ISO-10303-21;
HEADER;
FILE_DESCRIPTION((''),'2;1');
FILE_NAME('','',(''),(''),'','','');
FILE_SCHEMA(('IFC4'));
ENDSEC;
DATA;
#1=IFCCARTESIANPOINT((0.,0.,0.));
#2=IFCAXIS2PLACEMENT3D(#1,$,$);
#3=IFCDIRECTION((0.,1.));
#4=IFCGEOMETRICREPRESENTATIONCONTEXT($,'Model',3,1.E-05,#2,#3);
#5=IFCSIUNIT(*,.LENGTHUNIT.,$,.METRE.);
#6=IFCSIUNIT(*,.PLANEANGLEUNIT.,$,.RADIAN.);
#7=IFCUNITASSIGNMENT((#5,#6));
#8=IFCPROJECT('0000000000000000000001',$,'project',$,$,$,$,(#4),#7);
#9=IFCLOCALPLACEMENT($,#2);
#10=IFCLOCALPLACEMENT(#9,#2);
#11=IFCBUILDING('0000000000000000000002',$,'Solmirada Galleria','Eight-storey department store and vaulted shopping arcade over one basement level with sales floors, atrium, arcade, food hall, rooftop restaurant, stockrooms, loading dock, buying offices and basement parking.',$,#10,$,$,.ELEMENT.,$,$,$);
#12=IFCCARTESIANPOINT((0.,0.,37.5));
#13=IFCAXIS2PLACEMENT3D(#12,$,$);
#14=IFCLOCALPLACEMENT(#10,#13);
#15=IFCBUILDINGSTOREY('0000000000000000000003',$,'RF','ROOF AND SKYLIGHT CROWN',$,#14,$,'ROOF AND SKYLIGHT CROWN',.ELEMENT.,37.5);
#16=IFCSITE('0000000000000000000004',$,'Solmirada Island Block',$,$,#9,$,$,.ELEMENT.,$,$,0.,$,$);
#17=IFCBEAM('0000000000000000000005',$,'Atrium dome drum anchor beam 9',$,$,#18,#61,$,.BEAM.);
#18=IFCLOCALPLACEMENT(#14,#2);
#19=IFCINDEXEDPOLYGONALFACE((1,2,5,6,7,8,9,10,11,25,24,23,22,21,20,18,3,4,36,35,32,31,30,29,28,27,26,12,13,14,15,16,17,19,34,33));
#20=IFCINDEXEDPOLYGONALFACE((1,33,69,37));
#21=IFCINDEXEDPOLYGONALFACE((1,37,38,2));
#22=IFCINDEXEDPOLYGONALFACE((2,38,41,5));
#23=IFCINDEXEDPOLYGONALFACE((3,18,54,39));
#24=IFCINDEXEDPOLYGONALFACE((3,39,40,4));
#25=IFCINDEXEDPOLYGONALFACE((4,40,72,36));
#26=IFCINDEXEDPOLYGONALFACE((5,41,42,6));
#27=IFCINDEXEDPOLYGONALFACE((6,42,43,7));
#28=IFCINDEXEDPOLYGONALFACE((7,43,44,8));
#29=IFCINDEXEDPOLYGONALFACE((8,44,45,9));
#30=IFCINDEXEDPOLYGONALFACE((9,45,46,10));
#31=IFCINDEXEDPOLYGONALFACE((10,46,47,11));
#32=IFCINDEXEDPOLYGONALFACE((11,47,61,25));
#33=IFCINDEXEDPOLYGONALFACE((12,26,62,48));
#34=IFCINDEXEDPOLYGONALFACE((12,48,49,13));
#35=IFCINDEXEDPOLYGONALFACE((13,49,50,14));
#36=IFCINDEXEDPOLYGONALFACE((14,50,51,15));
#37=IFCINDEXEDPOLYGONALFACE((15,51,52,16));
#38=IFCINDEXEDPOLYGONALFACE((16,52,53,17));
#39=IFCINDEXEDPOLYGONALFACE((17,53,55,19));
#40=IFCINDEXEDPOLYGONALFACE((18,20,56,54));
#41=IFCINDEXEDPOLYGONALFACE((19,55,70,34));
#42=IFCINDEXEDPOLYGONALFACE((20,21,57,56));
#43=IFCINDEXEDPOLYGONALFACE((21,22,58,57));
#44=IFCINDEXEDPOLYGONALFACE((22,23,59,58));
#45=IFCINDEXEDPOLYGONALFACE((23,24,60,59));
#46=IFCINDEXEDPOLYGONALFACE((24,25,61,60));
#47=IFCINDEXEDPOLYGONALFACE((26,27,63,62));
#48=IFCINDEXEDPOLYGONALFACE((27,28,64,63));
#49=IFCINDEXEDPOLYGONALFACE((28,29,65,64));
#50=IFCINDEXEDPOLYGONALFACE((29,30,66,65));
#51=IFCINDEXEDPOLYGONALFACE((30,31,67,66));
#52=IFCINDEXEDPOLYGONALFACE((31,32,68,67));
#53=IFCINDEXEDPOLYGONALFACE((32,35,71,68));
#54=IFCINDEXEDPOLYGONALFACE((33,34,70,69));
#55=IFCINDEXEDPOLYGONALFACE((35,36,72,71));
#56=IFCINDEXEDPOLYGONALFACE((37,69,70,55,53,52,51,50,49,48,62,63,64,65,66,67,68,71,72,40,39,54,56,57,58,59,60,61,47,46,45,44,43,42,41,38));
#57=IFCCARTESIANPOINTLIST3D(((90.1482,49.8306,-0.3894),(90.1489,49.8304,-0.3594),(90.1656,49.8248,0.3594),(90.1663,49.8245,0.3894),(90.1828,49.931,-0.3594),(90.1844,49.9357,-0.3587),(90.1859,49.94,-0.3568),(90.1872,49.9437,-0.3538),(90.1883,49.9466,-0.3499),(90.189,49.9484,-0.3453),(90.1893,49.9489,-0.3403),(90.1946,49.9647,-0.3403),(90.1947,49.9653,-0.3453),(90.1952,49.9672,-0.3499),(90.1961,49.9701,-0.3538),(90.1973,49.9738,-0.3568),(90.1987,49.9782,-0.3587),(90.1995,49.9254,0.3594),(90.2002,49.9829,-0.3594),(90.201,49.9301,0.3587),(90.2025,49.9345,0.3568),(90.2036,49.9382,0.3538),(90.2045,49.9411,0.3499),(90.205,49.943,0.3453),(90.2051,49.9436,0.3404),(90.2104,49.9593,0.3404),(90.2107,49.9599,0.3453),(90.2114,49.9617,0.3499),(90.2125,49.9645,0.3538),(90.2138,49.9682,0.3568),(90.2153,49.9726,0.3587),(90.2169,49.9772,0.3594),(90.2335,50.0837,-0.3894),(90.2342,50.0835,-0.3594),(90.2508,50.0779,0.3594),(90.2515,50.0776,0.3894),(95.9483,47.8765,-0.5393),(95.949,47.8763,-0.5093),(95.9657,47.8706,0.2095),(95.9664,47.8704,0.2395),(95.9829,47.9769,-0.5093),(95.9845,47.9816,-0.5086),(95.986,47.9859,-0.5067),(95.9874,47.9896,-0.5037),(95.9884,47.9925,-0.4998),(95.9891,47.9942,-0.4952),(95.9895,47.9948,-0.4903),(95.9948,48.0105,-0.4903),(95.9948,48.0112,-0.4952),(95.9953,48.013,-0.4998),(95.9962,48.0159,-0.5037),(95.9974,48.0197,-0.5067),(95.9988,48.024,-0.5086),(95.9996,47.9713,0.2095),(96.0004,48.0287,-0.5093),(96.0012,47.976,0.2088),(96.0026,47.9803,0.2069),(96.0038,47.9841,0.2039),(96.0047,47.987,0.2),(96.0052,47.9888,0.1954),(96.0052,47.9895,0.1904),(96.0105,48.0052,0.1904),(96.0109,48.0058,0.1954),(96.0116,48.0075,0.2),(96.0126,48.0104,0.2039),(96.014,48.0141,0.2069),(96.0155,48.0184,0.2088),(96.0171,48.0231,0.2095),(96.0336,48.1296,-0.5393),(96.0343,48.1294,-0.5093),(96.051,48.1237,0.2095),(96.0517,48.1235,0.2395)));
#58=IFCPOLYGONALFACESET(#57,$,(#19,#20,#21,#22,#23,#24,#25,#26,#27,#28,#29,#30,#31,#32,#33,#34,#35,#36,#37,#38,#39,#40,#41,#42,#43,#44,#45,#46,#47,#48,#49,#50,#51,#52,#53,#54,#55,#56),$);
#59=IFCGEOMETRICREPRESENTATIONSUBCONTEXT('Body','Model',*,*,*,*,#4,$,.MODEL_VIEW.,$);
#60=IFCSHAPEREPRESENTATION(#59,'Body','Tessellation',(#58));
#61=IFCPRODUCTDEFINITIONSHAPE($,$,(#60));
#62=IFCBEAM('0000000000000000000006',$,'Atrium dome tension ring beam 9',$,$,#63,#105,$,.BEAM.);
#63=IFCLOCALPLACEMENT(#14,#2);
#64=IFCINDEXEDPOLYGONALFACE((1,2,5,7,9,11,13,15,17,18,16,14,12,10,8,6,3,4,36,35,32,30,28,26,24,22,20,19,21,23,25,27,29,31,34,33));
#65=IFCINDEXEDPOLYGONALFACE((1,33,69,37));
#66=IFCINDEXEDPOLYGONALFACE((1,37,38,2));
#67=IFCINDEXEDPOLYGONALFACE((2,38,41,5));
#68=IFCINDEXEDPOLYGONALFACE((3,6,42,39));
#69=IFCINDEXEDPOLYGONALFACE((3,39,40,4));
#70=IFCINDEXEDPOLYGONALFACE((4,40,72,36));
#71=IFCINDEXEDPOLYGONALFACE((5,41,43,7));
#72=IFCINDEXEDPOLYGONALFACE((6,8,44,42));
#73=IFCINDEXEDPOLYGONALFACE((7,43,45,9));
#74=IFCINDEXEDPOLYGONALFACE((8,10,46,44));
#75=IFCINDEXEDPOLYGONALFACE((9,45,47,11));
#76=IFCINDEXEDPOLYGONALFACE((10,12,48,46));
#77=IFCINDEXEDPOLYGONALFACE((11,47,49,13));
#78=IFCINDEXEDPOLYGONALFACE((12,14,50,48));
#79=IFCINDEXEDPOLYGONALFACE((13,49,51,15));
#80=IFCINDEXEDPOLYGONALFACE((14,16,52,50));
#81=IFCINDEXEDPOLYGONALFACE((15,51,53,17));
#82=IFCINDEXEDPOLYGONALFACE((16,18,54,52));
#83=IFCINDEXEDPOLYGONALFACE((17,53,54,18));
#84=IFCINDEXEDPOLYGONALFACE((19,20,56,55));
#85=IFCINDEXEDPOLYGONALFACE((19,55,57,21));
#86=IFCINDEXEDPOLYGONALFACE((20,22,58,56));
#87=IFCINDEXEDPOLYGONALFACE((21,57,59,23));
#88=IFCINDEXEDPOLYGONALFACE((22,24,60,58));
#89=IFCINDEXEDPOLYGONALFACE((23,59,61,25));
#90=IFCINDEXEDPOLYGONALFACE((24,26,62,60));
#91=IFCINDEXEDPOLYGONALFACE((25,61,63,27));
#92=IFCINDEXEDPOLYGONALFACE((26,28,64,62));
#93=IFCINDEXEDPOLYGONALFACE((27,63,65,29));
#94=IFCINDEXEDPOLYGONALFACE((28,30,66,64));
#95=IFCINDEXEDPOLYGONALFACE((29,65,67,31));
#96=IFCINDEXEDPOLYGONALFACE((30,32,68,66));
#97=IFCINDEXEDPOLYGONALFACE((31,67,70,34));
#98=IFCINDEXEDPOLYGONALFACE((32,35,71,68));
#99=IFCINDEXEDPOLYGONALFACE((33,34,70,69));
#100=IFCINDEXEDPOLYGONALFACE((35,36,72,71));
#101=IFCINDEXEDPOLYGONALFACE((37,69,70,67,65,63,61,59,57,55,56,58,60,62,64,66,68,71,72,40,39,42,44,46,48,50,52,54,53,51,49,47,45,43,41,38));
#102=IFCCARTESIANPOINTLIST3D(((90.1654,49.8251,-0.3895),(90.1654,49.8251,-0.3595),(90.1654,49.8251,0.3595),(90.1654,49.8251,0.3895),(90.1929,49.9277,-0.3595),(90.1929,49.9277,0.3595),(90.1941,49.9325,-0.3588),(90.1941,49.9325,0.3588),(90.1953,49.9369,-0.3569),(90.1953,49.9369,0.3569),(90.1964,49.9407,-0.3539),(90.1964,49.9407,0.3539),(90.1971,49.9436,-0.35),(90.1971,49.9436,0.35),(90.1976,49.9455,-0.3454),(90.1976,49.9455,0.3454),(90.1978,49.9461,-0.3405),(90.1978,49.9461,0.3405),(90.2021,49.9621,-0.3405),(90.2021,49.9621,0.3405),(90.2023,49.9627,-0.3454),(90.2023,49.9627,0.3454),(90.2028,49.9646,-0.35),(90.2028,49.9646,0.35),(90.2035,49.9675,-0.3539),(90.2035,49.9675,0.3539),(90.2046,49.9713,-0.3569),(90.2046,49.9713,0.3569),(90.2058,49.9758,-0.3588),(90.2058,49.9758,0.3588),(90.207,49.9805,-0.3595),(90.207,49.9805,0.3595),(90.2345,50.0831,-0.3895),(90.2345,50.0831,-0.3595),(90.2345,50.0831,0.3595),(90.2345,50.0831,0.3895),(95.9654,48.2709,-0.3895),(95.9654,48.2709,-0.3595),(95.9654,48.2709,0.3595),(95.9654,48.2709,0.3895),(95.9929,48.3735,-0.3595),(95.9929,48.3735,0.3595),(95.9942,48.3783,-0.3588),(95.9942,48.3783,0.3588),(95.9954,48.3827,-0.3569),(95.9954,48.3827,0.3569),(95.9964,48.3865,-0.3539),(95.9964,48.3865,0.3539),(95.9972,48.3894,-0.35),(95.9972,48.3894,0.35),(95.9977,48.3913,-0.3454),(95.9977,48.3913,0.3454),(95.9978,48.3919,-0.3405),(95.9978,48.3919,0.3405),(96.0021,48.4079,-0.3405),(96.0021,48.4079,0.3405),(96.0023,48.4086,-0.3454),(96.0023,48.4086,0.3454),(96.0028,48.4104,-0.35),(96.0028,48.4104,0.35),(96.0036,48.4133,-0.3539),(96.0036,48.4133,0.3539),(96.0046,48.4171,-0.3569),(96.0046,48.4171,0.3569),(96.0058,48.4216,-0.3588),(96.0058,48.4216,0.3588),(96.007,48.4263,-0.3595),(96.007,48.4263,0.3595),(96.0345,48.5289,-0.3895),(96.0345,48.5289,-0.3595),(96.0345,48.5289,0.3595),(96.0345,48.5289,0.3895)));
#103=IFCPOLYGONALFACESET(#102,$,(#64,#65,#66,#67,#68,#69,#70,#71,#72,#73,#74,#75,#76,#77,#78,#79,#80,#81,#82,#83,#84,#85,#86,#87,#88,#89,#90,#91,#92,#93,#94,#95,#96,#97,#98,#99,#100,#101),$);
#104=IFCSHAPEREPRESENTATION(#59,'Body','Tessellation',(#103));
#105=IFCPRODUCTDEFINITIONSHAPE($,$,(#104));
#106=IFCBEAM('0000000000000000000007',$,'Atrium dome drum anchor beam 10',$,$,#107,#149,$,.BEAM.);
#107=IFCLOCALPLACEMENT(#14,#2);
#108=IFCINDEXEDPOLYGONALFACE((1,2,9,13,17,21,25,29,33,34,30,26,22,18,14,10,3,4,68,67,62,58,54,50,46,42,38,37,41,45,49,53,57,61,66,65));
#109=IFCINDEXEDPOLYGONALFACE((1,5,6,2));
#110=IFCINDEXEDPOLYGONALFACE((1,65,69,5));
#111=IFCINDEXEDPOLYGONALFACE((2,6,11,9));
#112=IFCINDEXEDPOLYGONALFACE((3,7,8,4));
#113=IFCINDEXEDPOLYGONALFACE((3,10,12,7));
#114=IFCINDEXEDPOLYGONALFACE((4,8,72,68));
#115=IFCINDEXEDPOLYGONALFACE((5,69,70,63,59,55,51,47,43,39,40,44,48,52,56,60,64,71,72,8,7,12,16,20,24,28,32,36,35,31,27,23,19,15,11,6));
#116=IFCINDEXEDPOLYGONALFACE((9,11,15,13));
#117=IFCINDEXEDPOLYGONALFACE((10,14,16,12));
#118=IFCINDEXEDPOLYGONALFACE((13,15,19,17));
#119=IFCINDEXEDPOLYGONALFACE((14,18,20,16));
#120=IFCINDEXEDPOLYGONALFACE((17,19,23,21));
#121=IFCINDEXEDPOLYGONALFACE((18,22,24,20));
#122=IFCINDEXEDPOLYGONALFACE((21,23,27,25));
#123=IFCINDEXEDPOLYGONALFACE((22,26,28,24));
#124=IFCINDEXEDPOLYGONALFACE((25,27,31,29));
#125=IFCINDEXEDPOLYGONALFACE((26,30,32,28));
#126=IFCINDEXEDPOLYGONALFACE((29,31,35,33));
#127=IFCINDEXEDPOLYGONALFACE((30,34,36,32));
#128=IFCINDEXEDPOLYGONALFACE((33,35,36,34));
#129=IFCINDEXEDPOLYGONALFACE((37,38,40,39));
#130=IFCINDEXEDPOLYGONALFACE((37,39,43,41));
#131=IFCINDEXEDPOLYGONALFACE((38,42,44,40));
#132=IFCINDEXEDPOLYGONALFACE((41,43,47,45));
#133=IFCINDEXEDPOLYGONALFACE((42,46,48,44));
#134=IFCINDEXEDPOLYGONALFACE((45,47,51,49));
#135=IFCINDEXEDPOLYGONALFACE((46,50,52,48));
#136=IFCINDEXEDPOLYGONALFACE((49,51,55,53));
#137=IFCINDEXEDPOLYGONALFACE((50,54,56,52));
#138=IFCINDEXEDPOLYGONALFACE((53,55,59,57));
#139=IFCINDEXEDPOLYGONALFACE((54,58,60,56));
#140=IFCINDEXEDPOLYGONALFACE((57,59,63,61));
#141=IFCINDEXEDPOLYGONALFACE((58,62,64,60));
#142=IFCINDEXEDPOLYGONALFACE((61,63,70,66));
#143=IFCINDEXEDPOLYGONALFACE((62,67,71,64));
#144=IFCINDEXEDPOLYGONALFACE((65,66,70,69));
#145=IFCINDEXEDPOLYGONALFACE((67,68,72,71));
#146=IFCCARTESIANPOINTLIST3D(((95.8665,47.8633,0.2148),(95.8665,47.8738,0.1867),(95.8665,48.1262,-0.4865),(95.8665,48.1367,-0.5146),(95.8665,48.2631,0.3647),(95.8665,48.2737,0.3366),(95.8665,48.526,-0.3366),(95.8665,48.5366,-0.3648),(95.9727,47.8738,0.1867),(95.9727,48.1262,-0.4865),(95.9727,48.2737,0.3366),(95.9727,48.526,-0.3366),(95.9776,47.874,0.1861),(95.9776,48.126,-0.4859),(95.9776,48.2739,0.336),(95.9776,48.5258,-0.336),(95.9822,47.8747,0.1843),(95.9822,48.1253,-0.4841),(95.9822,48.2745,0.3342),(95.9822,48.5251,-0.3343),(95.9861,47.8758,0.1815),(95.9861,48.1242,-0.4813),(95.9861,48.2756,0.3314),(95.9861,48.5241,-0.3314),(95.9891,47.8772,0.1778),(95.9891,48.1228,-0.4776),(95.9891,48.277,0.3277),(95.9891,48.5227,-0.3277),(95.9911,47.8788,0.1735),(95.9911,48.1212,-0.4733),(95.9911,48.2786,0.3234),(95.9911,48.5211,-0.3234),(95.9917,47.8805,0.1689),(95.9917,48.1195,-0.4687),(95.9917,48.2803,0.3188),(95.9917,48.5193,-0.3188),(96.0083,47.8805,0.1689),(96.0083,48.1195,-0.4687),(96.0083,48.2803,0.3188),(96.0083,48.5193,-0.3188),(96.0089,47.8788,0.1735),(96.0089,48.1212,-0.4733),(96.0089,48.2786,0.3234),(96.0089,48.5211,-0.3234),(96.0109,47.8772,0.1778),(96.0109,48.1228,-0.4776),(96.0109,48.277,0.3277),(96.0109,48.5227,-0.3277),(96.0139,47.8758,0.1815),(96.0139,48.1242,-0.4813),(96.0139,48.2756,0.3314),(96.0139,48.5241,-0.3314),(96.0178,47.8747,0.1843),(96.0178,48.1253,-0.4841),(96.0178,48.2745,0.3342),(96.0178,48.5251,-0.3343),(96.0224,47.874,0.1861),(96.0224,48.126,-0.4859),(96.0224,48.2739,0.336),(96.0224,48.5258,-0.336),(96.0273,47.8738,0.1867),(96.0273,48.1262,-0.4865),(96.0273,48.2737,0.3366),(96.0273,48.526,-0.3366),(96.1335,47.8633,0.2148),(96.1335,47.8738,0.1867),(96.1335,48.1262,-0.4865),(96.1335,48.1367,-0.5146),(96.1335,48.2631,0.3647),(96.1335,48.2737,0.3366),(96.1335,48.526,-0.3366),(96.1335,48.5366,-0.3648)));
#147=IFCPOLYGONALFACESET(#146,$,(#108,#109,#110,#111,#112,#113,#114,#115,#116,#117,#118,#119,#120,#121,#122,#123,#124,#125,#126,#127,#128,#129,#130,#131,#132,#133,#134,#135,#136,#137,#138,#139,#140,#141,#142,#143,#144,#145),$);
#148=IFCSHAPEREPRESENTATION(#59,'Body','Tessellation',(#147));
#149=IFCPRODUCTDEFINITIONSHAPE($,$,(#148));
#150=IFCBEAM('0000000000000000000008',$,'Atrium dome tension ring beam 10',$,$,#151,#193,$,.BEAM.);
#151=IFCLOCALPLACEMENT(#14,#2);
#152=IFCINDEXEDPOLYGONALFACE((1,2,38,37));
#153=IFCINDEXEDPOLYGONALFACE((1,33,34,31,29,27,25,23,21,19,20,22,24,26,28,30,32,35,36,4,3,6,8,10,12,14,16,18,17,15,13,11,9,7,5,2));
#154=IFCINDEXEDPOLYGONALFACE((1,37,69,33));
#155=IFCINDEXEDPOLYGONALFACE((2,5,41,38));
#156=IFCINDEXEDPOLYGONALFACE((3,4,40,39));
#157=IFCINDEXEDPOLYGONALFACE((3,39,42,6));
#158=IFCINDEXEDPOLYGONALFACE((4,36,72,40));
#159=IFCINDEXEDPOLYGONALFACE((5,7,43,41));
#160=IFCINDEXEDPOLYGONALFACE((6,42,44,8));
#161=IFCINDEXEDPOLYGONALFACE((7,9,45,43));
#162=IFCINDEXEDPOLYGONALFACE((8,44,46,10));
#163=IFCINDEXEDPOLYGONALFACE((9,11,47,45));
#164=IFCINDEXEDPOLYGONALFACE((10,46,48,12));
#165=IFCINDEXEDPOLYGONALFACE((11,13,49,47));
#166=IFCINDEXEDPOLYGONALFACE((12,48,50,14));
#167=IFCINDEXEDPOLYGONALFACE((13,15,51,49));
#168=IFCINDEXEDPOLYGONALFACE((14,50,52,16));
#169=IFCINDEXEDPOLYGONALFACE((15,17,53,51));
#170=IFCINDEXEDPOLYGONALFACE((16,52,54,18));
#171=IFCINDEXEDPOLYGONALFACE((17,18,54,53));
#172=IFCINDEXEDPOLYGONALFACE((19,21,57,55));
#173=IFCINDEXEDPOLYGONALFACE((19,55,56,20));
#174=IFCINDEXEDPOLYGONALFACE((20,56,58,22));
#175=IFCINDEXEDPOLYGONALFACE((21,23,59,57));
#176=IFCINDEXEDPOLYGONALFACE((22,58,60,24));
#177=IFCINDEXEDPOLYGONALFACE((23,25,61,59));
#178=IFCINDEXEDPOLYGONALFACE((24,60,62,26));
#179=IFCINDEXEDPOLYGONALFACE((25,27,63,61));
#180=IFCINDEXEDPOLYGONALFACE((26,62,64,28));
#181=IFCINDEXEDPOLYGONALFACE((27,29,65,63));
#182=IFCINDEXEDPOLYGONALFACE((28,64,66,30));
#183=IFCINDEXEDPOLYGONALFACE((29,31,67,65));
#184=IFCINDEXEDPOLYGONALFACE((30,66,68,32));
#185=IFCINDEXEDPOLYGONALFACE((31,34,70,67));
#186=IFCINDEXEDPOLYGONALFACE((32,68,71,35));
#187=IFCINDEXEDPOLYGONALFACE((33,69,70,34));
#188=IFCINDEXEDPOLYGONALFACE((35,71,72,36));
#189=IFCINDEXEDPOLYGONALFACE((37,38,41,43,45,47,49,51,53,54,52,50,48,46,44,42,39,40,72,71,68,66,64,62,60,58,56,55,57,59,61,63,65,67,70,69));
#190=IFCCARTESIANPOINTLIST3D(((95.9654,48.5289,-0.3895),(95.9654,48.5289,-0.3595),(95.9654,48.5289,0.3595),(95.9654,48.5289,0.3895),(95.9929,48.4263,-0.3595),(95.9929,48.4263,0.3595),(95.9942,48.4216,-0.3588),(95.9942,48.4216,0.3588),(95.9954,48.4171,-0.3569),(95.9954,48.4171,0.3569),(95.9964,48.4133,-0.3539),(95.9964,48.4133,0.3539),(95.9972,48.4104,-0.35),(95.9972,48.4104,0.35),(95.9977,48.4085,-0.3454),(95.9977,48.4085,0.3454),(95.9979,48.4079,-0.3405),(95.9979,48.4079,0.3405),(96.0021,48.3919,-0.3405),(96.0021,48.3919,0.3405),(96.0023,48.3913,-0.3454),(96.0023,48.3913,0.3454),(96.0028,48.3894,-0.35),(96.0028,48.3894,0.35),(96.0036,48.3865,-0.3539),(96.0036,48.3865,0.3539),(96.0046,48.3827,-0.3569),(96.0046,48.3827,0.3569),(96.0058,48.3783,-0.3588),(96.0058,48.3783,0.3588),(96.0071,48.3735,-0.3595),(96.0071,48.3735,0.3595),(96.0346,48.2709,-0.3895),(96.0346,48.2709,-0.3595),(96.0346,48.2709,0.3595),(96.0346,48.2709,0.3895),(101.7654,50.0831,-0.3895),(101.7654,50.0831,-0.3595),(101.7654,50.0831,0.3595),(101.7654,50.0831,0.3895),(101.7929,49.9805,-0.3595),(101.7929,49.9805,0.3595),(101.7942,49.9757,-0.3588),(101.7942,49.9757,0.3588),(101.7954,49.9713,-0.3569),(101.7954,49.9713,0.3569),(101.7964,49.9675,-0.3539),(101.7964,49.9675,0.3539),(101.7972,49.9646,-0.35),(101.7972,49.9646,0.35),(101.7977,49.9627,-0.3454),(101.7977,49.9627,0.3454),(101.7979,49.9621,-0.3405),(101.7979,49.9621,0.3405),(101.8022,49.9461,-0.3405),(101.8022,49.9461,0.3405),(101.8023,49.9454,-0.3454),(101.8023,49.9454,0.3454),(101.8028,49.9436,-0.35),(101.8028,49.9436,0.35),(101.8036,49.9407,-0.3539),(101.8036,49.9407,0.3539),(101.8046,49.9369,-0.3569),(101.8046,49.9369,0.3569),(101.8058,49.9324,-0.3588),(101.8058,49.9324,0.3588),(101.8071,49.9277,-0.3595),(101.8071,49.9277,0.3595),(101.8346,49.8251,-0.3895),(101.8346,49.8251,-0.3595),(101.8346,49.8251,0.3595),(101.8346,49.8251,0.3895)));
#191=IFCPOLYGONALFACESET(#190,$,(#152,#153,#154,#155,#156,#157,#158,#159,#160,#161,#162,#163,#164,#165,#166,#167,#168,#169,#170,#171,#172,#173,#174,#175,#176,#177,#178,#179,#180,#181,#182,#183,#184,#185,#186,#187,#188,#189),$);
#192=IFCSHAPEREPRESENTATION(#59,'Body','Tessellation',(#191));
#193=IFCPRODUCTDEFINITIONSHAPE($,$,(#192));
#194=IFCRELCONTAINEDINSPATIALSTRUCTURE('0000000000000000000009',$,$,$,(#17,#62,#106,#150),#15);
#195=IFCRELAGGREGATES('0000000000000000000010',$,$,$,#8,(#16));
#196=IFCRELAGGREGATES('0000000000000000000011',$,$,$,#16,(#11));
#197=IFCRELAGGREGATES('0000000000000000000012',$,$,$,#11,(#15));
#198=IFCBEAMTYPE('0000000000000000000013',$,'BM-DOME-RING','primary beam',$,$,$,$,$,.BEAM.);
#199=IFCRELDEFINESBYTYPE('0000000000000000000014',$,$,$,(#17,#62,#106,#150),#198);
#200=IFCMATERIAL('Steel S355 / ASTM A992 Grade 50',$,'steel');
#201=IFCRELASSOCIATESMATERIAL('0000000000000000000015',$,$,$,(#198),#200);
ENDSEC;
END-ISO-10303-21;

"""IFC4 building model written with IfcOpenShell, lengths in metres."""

from ifc_helpers import new_model, si_unit, direction, frame, origin, origin_2d, place, context, subcontext, project, spatial, i_section, extrude, material, material_profile, profile_set, type_object, element, save


model = new_model("IFC4")

# Units and contexts
model_context = context("Model", 3, precision=1e-05, world=origin(), true_north=direction((0.0, 1.0)))
body_context = subcontext(model_context, "Body", "Model", "MODEL_VIEW")
ifc_project = project(units=[si_unit("LENGTHUNIT", "METRE"), si_unit("PLANEANGLEUNIT", "RADIAN")], contexts=[model_context])

# Site, building, storey
site_placement = place(None, origin())
site = spatial("IfcSite", under=ifc_project, at=site_placement, Name="Solmirada Island Block", CompositionType="ELEMENT", RefElevation=0.0)
building_placement = place(site_placement, origin())
building = spatial("IfcBuilding", under=site, at=building_placement, Name="Solmirada Galleria", Description="Eight-storey department store and vaulted shopping arcade over one basement level with sales floors, atrium, arcade, food hall, rooftop restaurant, stockrooms, loading dock, buying offices and basement parking.", CompositionType="ELEMENT")
storey_placement = place(building_placement, frame((0.0, 0.0, 37.5)))
storey = spatial("IfcBuildingStorey", under=building, at=storey_placement, Name="RF", Description="ROOF AND SKYLIGHT CROWN", LongName="ROOF AND SKYLIGHT CROWN", CompositionType="ELEMENT", Elevation=37.5)

# Beams
ifc_material_1 = material(Name="Steel S355 / ASTM A992 Grade 50", Category="steel")
ifc_material_profile_1 = material_profile(ifc_material_1, i_section(OverallWidth=0.2671, OverallDepth=0.7791, WebThickness=0.0166, FlangeThickness=0.03, FilletRadius=0.019, at=origin_2d()), Name="W30X148")
ifc_profile_set_1 = profile_set([ifc_material_profile_1], Name="Steel S355 / ASTM A992 Grade 50")
beam_type = type_object("IfcBeamType", Name="BM-DOME-RING", Description="primary beam", PredefinedType="BEAM", material=ifc_profile_set_1)
beam_1_placement = place(storey_placement, frame((96.0, 48.0, -0.1499), z_axis=(-0.947377, 0.319182, 0.024485), x_axis=(-0.319278, -0.947661, 0.0)))
element("IfcBeam", 1, at=beam_1_placement, inside=storey, type_object=beam_type, Name="Atrium dome drum anchor beam 9", PredefinedType="BEAM", context=body_context, shape_type="SweptSolid", body=[
    extrude(i_section(OverallWidth=0.2671, OverallDepth=0.7791, WebThickness=0.0166, FlangeThickness=0.03, FilletRadius=0.019, at=origin_2d()), origin(), (0.0, 0.0, 1.0), 6.1223),
])
beam_2_placement = place(storey_placement, frame((90.2, 49.9541, 0.0), z_axis=(0.965922, -0.258832, 0.0), x_axis=(0.258832, 0.965922, 0.0)))
element("IfcBeam", 2, at=beam_2_placement, inside=storey, type_object=beam_type, Name="Atrium dome tension ring beam 9", PredefinedType="BEAM", context=body_context, shape_type="SweptSolid", body=[
    extrude(i_section(OverallWidth=0.2671, OverallDepth=0.7791, WebThickness=0.0166, FlangeThickness=0.03, FilletRadius=0.019, at=origin_2d()), origin(), (0.0, 0.0, 1.0), 6.0046),
])
beam_3_placement = place(storey_placement, frame((96.0, 48.0, -0.1499), z_axis=(0.0, 0.936376, 0.350998), x_axis=(-1.0, 0.0, 0.0)))
element("IfcBeam", 3, at=beam_3_placement, inside=storey, type_object=beam_type, Name="Atrium dome drum anchor beam 10", PredefinedType="BEAM", context=body_context, shape_type="SweptSolid", body=[
    extrude(i_section(OverallWidth=0.2671, OverallDepth=0.7791, WebThickness=0.0166, FlangeThickness=0.03, FilletRadius=0.019, at=origin_2d()), origin(), (0.0, 0.0, 1.0), 0.427),
])
beam_4_placement = place(storey_placement, frame((96.0, 48.3999, 0.0), z_axis=(0.965922, 0.258832, 0.0), x_axis=(-0.258832, 0.965922, 0.0)))
element("IfcBeam", 4, at=beam_4_placement, inside=storey, type_object=beam_type, Name="Atrium dome tension ring beam 10", PredefinedType="BEAM", context=body_context, shape_type="SweptSolid", body=[
    extrude(i_section(OverallWidth=0.2671, OverallDepth=0.7791, WebThickness=0.0166, FlangeThickness=0.03, FilletRadius=0.019, at=origin_2d()), origin(), (0.0, 0.0, 1.0), 6.0046),
])

save(model, "model.ifc")
